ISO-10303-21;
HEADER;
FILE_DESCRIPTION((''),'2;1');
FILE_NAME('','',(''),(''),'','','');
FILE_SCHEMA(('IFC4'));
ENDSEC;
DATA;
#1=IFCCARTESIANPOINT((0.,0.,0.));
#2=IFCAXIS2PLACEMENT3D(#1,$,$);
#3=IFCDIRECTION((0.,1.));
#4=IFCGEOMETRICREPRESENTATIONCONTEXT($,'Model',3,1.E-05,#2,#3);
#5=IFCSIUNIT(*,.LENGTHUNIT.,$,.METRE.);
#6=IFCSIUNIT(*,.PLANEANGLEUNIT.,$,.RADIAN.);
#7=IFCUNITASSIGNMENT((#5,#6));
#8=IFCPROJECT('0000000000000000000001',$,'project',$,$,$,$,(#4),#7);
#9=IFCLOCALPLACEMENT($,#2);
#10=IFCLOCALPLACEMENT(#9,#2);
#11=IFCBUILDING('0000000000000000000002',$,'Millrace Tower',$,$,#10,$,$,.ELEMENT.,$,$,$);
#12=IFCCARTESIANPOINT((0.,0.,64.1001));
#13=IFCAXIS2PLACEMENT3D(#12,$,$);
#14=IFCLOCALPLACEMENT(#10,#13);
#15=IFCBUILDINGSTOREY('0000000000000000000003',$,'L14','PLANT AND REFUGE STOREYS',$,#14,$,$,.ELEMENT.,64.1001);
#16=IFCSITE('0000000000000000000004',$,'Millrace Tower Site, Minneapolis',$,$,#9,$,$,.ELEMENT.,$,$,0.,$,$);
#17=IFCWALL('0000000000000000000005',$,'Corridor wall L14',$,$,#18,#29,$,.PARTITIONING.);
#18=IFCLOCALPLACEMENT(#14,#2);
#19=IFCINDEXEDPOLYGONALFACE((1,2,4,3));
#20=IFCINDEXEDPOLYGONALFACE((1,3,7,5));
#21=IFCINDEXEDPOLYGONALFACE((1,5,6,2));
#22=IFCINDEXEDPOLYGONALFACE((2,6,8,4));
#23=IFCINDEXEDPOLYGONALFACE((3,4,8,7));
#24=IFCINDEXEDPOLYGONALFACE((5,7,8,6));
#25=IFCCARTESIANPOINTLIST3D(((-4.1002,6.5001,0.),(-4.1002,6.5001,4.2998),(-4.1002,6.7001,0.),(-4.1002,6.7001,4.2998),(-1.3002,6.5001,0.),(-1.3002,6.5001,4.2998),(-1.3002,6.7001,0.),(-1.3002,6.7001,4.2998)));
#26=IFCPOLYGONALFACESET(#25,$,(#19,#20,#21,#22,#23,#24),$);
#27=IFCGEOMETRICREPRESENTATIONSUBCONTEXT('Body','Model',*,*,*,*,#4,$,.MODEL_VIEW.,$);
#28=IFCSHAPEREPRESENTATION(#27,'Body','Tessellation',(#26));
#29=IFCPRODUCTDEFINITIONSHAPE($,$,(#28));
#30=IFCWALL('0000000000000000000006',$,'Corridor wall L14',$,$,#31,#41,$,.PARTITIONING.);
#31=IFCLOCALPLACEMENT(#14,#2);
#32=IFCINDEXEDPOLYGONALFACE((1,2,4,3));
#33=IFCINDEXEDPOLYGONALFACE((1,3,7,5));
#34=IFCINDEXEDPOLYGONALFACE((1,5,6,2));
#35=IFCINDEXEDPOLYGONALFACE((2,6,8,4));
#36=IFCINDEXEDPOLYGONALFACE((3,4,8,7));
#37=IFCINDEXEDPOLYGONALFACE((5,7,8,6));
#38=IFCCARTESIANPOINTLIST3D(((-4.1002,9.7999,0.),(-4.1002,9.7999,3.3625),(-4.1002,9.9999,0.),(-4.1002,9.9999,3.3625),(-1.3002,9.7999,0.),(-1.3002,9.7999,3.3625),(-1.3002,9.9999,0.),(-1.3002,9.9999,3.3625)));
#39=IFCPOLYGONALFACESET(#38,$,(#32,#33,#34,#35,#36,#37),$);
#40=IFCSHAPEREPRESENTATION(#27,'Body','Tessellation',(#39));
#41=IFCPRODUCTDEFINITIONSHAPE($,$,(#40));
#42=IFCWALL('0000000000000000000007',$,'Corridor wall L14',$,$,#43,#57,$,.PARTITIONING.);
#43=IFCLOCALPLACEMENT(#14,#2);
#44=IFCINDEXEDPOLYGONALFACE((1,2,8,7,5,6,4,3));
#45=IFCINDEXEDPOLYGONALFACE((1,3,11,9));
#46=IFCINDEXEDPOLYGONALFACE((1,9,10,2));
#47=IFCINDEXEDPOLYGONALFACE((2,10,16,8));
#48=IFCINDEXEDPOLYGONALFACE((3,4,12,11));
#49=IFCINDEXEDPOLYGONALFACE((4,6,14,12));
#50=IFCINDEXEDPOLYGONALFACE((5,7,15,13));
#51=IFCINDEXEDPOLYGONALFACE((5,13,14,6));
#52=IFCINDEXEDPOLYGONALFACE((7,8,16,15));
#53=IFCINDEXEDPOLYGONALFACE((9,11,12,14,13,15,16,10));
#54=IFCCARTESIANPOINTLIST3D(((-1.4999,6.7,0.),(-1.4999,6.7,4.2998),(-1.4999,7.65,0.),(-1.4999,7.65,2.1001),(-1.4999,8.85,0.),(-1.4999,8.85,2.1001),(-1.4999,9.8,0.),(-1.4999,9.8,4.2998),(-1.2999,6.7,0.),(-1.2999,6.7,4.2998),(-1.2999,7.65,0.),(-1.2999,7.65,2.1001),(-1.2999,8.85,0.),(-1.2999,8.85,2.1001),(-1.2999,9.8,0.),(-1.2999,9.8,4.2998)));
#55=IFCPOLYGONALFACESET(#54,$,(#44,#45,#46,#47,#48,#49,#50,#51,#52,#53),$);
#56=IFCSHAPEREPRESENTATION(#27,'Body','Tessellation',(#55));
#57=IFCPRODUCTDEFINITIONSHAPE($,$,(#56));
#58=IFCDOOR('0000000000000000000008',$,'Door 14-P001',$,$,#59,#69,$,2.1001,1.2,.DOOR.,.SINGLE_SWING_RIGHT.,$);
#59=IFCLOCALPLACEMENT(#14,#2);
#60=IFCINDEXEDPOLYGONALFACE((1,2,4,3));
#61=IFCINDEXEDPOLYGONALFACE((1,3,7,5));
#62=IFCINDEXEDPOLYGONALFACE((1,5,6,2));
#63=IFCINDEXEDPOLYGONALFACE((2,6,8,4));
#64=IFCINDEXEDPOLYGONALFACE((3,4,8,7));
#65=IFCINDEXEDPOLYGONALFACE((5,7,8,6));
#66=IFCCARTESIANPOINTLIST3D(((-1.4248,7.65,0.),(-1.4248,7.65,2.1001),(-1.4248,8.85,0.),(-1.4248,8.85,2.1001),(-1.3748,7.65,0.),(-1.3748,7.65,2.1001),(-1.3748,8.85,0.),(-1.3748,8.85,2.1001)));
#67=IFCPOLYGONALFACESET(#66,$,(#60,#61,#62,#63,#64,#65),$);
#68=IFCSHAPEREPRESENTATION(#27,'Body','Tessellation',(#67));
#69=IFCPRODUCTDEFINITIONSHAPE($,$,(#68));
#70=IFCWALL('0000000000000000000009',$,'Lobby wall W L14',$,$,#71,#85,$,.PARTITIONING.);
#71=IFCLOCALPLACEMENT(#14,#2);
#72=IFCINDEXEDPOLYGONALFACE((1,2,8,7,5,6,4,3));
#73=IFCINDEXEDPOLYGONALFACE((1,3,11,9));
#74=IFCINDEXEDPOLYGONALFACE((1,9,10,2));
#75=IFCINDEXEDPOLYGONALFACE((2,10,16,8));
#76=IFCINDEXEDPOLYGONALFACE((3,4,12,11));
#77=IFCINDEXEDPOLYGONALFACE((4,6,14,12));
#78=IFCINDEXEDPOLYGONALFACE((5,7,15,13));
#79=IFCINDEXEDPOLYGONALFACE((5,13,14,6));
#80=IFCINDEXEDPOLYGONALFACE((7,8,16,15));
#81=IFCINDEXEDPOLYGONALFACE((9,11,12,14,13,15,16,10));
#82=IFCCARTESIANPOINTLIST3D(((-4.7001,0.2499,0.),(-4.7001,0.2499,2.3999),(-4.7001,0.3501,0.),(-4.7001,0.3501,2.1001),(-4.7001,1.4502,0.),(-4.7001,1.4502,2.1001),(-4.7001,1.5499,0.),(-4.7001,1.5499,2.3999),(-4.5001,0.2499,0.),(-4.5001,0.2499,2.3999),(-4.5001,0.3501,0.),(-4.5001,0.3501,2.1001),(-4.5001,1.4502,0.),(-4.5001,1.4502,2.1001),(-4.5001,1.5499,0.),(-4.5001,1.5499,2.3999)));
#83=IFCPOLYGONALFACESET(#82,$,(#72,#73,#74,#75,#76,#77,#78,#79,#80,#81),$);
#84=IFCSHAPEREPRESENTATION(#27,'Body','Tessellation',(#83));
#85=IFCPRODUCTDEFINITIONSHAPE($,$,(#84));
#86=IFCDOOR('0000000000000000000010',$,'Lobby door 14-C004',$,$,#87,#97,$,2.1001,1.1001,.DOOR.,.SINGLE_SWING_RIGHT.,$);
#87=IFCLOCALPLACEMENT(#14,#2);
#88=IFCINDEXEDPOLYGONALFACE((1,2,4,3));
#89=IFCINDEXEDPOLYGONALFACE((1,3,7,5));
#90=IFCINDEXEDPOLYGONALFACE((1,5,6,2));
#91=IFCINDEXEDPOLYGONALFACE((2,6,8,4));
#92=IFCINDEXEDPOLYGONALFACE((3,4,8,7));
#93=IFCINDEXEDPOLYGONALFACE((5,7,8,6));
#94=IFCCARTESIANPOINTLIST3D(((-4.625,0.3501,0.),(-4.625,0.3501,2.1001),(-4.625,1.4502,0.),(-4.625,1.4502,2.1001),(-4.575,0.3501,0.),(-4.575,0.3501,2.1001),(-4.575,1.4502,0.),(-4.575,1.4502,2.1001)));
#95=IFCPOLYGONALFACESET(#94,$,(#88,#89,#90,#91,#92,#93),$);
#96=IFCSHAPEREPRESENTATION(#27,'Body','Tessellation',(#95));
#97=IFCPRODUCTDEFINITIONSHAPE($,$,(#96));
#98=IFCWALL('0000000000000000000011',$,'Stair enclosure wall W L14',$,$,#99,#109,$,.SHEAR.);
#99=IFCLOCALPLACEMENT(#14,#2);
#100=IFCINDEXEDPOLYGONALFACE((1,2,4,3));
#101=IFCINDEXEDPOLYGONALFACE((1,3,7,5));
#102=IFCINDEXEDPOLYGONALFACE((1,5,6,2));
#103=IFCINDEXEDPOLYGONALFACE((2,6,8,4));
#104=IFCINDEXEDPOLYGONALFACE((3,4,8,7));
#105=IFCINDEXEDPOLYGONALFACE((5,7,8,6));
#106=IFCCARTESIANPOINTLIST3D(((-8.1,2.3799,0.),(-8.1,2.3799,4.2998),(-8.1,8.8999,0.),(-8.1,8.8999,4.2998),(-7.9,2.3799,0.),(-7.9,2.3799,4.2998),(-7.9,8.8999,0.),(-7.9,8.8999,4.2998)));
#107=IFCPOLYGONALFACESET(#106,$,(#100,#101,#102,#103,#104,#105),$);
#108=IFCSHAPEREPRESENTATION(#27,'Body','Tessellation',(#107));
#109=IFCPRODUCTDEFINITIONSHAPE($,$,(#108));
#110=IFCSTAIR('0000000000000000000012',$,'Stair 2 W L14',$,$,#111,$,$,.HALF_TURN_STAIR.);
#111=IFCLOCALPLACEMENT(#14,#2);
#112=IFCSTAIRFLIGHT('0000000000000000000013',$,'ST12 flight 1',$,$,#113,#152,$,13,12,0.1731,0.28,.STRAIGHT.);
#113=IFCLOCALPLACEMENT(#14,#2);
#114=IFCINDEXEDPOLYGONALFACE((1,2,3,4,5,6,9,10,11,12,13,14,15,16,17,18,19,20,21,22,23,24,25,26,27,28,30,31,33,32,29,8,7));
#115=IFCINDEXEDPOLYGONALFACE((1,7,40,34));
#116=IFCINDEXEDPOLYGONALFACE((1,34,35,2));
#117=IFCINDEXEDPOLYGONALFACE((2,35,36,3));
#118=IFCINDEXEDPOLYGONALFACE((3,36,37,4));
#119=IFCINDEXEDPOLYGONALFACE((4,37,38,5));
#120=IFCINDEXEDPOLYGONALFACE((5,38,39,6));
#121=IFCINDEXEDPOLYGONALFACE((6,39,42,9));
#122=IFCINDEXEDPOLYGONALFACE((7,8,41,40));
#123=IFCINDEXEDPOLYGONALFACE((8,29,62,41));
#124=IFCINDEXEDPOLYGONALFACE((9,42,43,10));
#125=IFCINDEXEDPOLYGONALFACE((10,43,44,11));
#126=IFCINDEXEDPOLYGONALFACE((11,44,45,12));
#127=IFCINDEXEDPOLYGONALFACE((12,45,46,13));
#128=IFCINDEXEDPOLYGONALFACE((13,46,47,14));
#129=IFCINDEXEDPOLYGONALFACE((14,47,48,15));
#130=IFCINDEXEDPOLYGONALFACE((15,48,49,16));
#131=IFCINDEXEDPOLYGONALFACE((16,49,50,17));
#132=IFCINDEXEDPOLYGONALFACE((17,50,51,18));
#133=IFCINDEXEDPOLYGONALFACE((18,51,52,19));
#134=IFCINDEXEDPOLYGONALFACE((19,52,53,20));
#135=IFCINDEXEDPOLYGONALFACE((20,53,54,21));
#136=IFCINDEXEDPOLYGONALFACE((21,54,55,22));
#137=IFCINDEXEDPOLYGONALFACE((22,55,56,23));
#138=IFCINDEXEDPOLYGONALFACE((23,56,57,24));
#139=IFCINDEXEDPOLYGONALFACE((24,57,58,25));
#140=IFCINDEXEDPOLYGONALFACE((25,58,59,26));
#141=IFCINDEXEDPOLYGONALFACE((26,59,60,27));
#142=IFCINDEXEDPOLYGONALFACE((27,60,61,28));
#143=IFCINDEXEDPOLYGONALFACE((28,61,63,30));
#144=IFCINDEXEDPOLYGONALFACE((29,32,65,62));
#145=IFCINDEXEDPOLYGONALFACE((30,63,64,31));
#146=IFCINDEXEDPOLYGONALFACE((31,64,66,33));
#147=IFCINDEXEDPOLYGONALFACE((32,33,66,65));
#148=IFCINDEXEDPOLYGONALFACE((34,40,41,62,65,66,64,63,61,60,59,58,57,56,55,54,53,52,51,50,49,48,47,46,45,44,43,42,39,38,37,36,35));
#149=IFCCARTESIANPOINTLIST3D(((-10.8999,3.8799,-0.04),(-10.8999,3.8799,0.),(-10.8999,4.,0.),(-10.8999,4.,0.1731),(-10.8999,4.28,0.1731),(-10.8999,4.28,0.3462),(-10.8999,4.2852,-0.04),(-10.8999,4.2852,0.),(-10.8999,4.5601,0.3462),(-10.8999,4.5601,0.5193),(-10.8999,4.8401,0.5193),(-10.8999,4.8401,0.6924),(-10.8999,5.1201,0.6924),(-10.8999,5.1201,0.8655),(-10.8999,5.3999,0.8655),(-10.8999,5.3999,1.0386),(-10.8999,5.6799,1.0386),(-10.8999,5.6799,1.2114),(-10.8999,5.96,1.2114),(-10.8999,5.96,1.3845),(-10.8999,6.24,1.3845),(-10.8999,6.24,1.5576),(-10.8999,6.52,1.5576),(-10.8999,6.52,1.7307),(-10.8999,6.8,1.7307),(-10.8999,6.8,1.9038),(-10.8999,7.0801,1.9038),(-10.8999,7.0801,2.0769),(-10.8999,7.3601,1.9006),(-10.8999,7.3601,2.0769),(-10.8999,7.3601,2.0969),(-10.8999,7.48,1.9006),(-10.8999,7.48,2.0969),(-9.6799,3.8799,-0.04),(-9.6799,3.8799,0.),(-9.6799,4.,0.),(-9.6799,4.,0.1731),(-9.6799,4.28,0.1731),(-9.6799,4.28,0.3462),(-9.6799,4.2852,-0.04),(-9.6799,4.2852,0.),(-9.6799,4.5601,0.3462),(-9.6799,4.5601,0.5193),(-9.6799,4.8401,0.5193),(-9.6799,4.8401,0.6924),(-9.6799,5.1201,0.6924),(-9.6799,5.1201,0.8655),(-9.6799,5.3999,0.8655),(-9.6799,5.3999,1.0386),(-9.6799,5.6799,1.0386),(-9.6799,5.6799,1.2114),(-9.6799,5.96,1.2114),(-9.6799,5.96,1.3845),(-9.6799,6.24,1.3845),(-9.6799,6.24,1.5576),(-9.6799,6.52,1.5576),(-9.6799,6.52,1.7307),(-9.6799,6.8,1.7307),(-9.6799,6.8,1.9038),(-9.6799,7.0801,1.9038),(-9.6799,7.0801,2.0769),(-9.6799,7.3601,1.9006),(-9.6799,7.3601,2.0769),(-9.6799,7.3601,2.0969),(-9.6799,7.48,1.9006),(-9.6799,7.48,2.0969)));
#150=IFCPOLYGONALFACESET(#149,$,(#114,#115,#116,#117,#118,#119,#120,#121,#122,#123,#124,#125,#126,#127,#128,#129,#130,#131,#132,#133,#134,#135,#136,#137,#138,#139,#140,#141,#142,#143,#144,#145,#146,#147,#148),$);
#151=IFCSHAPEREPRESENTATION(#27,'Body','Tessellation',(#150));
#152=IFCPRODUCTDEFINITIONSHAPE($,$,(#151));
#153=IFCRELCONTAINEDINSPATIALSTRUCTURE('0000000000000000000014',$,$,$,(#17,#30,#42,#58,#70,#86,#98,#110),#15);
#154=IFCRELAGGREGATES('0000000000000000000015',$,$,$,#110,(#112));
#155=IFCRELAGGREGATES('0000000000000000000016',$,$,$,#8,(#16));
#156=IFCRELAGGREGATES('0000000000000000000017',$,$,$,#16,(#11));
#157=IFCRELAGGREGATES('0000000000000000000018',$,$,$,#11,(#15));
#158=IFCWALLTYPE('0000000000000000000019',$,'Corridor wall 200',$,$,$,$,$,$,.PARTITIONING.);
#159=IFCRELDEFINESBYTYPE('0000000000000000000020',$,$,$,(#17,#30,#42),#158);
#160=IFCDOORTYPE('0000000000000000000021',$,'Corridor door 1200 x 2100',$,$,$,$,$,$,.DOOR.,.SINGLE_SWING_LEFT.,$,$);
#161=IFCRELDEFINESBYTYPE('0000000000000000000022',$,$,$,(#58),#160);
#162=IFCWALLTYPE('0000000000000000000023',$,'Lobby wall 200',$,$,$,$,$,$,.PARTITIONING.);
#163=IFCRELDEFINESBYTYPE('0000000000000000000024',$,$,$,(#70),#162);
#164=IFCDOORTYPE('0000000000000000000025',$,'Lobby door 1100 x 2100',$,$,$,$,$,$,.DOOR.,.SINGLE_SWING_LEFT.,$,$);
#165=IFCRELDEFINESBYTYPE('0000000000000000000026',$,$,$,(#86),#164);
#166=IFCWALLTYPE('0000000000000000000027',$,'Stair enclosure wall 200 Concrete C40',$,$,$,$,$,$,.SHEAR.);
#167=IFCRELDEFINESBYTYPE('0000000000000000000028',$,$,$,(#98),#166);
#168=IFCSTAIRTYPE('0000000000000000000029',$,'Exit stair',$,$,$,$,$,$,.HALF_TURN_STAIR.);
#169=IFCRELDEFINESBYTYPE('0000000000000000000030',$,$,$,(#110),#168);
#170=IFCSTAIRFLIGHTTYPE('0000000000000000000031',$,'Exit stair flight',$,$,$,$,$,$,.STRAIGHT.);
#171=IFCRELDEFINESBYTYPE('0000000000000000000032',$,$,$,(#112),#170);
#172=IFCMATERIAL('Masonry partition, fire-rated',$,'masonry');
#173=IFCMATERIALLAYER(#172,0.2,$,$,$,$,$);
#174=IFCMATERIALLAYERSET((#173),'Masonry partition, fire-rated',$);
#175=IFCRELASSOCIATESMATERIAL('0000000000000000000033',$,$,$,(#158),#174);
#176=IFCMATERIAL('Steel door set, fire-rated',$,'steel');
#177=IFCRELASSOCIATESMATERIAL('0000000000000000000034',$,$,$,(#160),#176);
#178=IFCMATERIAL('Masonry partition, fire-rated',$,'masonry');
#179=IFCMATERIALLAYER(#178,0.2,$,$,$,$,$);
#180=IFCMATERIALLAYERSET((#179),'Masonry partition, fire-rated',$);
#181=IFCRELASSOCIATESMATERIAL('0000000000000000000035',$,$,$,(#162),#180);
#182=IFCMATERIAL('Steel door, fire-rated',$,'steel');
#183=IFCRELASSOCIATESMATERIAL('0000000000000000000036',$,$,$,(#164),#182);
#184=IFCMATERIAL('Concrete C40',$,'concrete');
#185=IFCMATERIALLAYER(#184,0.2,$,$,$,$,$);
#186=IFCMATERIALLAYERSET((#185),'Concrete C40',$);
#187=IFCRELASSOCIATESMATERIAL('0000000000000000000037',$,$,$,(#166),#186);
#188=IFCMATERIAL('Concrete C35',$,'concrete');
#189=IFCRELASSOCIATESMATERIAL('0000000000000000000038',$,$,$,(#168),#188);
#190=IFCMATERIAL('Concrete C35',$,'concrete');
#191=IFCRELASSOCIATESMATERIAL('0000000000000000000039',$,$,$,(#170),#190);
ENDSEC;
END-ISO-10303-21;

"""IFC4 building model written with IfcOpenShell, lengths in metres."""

from ifc_helpers import new_model, si_unit, direction, frame, frame_2d, origin, place, context, subcontext, project, spatial, polyline, rectangle, outline, extrude, material, layer, layer_set, type_object, element, fill, aggregate, save


model = new_model("IFC4")

# Units and contexts
model_context = context("Model", 3, precision=1e-05, world=origin(), true_north=direction((0.0, 1.0)))
body_context = subcontext(model_context, "Body", "Model", "MODEL_VIEW")
ifc_project = project(units=[si_unit("LENGTHUNIT", "METRE"), si_unit("PLANEANGLEUNIT", "RADIAN")], contexts=[model_context])

# Site, building, storey
site_placement = place(None, origin())
site = spatial("IfcSite", under=ifc_project, at=site_placement, Name="Millrace Tower Site, Minneapolis", CompositionType="ELEMENT", RefElevation=0.0)
building_placement = place(site_placement, origin())
building = spatial("IfcBuilding", under=site, at=building_placement, Name="Millrace Tower", CompositionType="ELEMENT")
storey_placement = place(building_placement, frame((0.0, 0.0, 64.1001)))
storey = spatial("IfcBuildingStorey", under=building, at=storey_placement, Name="L14", Description="PLANT AND REFUGE STOREYS", CompositionType="ELEMENT", Elevation=64.1001)

# Shared definitions
placement = place(storey_placement, origin())

# Walls
ifc_material_1 = material(Name="Masonry partition, fire-rated", Category="masonry")
ifc_layer_1 = layer(ifc_material_1, 0.2)
ifc_layer_set_1 = layer_set([ifc_layer_1], Name="Masonry partition, fire-rated")
wall_type_1 = type_object("IfcWallType", Name="Corridor wall 200", PredefinedType="PARTITIONING", material=ifc_layer_set_1)
wall_1_placement = place(storey_placement, frame((-4.1001, 6.6001, 0.0), z_axis=(0.0, 0.0, 1.0), x_axis=(1.0, 0.0, 0.0)))
element("IfcWall", 1, at=wall_1_placement, inside=storey, type_object=wall_type_1, Name="Corridor wall L14", PredefinedType="PARTITIONING", context=body_context, shape_type="SweptSolid", body=[
    extrude(rectangle(XDim=2.8, YDim=0.2, at=frame_2d((1.3999, 0.0))), origin(), (0.0, 0.0, 1.0), 4.2998),
])
wall_2_placement = place(storey_placement, frame((-4.1001, 9.8999, 0.0), z_axis=(0.0, 0.0, 1.0), x_axis=(1.0, 0.0, 0.0)))
element("IfcWall", 2, at=wall_2_placement, inside=storey, type_object=wall_type_1, Name="Corridor wall L14", PredefinedType="PARTITIONING", context=body_context, shape_type="SweptSolid", body=[
    extrude(rectangle(XDim=2.8, YDim=0.2, at=frame_2d((1.3999, 0.0))), origin(), (0.0, 0.0, 1.0), 3.3625),
])

# Walls, openings, doors
wall_3_placement = place(storey_placement, frame((-1.3999, 6.7, 0.0), z_axis=(0.0, 0.0, 1.0), x_axis=(0.0, 1.0, 0.0)))
wall_3 = element("IfcWall", 3, at=wall_3_placement, inside=storey, type_object=wall_type_1, Name="Corridor wall L14", PredefinedType="PARTITIONING", context=body_context, shape_type="SweptSolid", body=[
    extrude(rectangle(XDim=3.1001, YDim=0.2, at=frame_2d((1.55, 0.0))), origin(), (0.0, 0.0, 1.0), 4.2998),
])
opening_1_placement = place(wall_3_placement, frame((0.95, 0.0, 0.0)))
opening_1 = element("IfcOpeningElement", 4, at=opening_1_placement, cuts=wall_3, PredefinedType="OPENING", context=body_context, shape_type="SweptSolid", body=[
    extrude(rectangle(XDim=1.2, YDim=2.1001, at=frame_2d((0.6001, 1.05))), frame((0.0, 0.1099, 0.0), z_axis=(0.0, -1.0, 0.0), x_axis=(1.0, 0.0, 0.0)), (0.0, 0.0, 1.0), 0.22),
])
ifc_material_2 = material(Name="Steel door set, fire-rated", Category="steel")
door_type_1 = type_object("IfcDoorType", Name="Corridor door 1200 x 2100", OperationType="SINGLE_SWING_LEFT", PredefinedType="DOOR", material=ifc_material_2)
door_1_placement = place(opening_1_placement, origin())
door_1 = element("IfcDoor", 5, at=door_1_placement, inside=storey, type_object=door_type_1, Name="Door 14-P001", OperationType="SINGLE_SWING_RIGHT", OverallHeight=2.1001, OverallWidth=1.2, PredefinedType="DOOR", context=body_context, shape_type="SweptSolid", body=[
    extrude(rectangle(XDim=1.2, YDim=2.1001, at=frame_2d((0.6001, 1.05))), frame((0.0, 0.0249, 0.0), z_axis=(0.0, -1.0, 0.0), x_axis=(1.0, 0.0, 0.0)), (0.0, 0.0, 1.0), 0.05),
])
fill(opening_1, door_1)
ifc_material_3 = material(Name="Masonry partition, fire-rated", Category="masonry")
ifc_layer_2 = layer(ifc_material_3, 0.2)
ifc_layer_set_2 = layer_set([ifc_layer_2], Name="Masonry partition, fire-rated")
wall_type_2 = type_object("IfcWallType", Name="Lobby wall 200", PredefinedType="PARTITIONING", material=ifc_layer_set_2)
wall_4_placement = place(storey_placement, frame((-4.6001, 0.25, 0.0), z_axis=(0.0, 0.0, 1.0), x_axis=(0.0, 1.0, 0.0)))
wall_4 = element("IfcWall", 6, at=wall_4_placement, inside=storey, type_object=wall_type_2, Name="Lobby wall W L14", PredefinedType="PARTITIONING", context=body_context, shape_type="SweptSolid", body=[
    extrude(rectangle(XDim=1.3, YDim=0.2, at=frame_2d((0.6499, 0.0))), origin(), (0.0, 0.0, 1.0), 2.3999),
])
opening_2_placement = place(wall_4_placement, frame((0.1001, 0.0, 0.0)))
opening_2 = element("IfcOpeningElement", 7, at=opening_2_placement, cuts=wall_4, PredefinedType="OPENING", context=body_context, shape_type="SweptSolid", body=[
    extrude(rectangle(XDim=1.1001, YDim=2.1001, at=frame_2d((0.55, 1.05))), frame((0.0, 0.1099, 0.0), z_axis=(0.0, -1.0, 0.0), x_axis=(1.0, 0.0, 0.0)), (0.0, 0.0, 1.0), 0.22),
])
ifc_material_4 = material(Name="Steel door, fire-rated", Category="steel")
door_type_2 = type_object("IfcDoorType", Name="Lobby door 1100 x 2100", OperationType="SINGLE_SWING_LEFT", PredefinedType="DOOR", material=ifc_material_4)
door_2_placement = place(opening_2_placement, origin())
door_2 = element("IfcDoor", 8, at=door_2_placement, inside=storey, type_object=door_type_2, Name="Lobby door 14-C004", OperationType="SINGLE_SWING_RIGHT", OverallHeight=2.1001, OverallWidth=1.1001, PredefinedType="DOOR", context=body_context, shape_type="SweptSolid", body=[
    extrude(rectangle(XDim=1.1001, YDim=2.1001, at=frame_2d((0.55, 1.05))), frame((0.0, 0.0249, 0.0), z_axis=(0.0, -1.0, 0.0), x_axis=(1.0, 0.0, 0.0)), (0.0, 0.0, 1.0), 0.05),
])
fill(opening_2, door_2)

# Wall
ifc_material_5 = material(Name="Concrete C40", Category="concrete")
ifc_layer_3 = layer(ifc_material_5, 0.2)
ifc_layer_set_3 = layer_set([ifc_layer_3], Name="Concrete C40")
wall_type_3 = type_object("IfcWallType", Name="Stair enclosure wall 200 Concrete C40", PredefinedType="SHEAR", material=ifc_layer_set_3)
wall_5_placement = place(storey_placement, frame((-8.0, 2.3799, 0.0), z_axis=(0.0, 0.0, 1.0), x_axis=(0.0, 1.0, 0.0)))
element("IfcWall", 9, at=wall_5_placement, inside=storey, type_object=wall_type_3, Name="Stair enclosure wall W L14", PredefinedType="SHEAR", context=body_context, shape_type="SweptSolid", body=[
    extrude(rectangle(XDim=6.52, YDim=0.2, at=frame_2d((3.26, 0.0))), origin(), (0.0, 0.0, 1.0), 4.2998),
])

# Stair, stair flight
ifc_material_6 = material(Name="Concrete C35", Category="concrete")
stair_type = type_object("IfcStairType", Name="Exit stair", PredefinedType="HALF_TURN_STAIR", material=ifc_material_6)
stair_1 = element("IfcStair", 10, at=placement, inside=storey, type_object=stair_type, Name="Stair 2 W L14", PredefinedType="HALF_TURN_STAIR")
ifc_material_7 = material(Name="Concrete C35", Category="concrete")
stair_flight_type = type_object("IfcStairFlightType", Name="Exit stair flight", PredefinedType="STRAIGHT", material=ifc_material_7)
stair_flight_1_placement = place(storey_placement, frame((-10.29, 4.0, 0.0), z_axis=(0.0, 0.0, 1.0), x_axis=(0.0, 1.0, 0.0)))
stair_flight_1 = element("IfcStairFlight", 11, at=stair_flight_1_placement, type_object=stair_flight_type, Name="ST12 flight 1", NumberOfRisers=13, NumberOfTreads=12, PredefinedType="STRAIGHT", RiserHeight=0.1731, TreadLength=0.28, context=body_context, shape_type="SweptSolid", body=[
    extrude(outline(polyline([(-0.1201, -0.04), (-0.1201, 0.0), (0.0, 0.0), (0.0, 0.1731), (0.28, 0.1731), (0.28, 0.3462), (0.5601, 0.3462), (0.5601, 0.5193), (0.8401, 0.5193), (0.8401, 0.6924), (1.1201, 0.6924), (1.1201, 0.8655), (1.3999, 0.8655), (1.3999, 1.0386), (1.6799, 1.0386), (1.6799, 1.2114), (1.96, 1.2114), (1.96, 1.3845), (2.24, 1.3845), (2.24, 1.5576), (2.52, 1.5576), (2.52, 1.7307), (2.8, 1.7307), (2.8, 1.9038), (3.0801, 1.9038), (3.0801, 2.0769), (3.3601, 2.0769), (3.3601, 2.0969), (3.48, 2.0969), (3.48, 1.9006), (3.3601, 1.9006), (0.2852, 0.0), (0.2852, -0.04), (-0.1201, -0.04)])), frame((0.0, 0.6099, 0.0), z_axis=(0.0, -1.0, 0.0), x_axis=(1.0, 0.0, 0.0)), (0.0, 0.0, 1.0), 1.22),
])
aggregate(stair_1, [stair_flight_1])

save(model, "model.ifc")
